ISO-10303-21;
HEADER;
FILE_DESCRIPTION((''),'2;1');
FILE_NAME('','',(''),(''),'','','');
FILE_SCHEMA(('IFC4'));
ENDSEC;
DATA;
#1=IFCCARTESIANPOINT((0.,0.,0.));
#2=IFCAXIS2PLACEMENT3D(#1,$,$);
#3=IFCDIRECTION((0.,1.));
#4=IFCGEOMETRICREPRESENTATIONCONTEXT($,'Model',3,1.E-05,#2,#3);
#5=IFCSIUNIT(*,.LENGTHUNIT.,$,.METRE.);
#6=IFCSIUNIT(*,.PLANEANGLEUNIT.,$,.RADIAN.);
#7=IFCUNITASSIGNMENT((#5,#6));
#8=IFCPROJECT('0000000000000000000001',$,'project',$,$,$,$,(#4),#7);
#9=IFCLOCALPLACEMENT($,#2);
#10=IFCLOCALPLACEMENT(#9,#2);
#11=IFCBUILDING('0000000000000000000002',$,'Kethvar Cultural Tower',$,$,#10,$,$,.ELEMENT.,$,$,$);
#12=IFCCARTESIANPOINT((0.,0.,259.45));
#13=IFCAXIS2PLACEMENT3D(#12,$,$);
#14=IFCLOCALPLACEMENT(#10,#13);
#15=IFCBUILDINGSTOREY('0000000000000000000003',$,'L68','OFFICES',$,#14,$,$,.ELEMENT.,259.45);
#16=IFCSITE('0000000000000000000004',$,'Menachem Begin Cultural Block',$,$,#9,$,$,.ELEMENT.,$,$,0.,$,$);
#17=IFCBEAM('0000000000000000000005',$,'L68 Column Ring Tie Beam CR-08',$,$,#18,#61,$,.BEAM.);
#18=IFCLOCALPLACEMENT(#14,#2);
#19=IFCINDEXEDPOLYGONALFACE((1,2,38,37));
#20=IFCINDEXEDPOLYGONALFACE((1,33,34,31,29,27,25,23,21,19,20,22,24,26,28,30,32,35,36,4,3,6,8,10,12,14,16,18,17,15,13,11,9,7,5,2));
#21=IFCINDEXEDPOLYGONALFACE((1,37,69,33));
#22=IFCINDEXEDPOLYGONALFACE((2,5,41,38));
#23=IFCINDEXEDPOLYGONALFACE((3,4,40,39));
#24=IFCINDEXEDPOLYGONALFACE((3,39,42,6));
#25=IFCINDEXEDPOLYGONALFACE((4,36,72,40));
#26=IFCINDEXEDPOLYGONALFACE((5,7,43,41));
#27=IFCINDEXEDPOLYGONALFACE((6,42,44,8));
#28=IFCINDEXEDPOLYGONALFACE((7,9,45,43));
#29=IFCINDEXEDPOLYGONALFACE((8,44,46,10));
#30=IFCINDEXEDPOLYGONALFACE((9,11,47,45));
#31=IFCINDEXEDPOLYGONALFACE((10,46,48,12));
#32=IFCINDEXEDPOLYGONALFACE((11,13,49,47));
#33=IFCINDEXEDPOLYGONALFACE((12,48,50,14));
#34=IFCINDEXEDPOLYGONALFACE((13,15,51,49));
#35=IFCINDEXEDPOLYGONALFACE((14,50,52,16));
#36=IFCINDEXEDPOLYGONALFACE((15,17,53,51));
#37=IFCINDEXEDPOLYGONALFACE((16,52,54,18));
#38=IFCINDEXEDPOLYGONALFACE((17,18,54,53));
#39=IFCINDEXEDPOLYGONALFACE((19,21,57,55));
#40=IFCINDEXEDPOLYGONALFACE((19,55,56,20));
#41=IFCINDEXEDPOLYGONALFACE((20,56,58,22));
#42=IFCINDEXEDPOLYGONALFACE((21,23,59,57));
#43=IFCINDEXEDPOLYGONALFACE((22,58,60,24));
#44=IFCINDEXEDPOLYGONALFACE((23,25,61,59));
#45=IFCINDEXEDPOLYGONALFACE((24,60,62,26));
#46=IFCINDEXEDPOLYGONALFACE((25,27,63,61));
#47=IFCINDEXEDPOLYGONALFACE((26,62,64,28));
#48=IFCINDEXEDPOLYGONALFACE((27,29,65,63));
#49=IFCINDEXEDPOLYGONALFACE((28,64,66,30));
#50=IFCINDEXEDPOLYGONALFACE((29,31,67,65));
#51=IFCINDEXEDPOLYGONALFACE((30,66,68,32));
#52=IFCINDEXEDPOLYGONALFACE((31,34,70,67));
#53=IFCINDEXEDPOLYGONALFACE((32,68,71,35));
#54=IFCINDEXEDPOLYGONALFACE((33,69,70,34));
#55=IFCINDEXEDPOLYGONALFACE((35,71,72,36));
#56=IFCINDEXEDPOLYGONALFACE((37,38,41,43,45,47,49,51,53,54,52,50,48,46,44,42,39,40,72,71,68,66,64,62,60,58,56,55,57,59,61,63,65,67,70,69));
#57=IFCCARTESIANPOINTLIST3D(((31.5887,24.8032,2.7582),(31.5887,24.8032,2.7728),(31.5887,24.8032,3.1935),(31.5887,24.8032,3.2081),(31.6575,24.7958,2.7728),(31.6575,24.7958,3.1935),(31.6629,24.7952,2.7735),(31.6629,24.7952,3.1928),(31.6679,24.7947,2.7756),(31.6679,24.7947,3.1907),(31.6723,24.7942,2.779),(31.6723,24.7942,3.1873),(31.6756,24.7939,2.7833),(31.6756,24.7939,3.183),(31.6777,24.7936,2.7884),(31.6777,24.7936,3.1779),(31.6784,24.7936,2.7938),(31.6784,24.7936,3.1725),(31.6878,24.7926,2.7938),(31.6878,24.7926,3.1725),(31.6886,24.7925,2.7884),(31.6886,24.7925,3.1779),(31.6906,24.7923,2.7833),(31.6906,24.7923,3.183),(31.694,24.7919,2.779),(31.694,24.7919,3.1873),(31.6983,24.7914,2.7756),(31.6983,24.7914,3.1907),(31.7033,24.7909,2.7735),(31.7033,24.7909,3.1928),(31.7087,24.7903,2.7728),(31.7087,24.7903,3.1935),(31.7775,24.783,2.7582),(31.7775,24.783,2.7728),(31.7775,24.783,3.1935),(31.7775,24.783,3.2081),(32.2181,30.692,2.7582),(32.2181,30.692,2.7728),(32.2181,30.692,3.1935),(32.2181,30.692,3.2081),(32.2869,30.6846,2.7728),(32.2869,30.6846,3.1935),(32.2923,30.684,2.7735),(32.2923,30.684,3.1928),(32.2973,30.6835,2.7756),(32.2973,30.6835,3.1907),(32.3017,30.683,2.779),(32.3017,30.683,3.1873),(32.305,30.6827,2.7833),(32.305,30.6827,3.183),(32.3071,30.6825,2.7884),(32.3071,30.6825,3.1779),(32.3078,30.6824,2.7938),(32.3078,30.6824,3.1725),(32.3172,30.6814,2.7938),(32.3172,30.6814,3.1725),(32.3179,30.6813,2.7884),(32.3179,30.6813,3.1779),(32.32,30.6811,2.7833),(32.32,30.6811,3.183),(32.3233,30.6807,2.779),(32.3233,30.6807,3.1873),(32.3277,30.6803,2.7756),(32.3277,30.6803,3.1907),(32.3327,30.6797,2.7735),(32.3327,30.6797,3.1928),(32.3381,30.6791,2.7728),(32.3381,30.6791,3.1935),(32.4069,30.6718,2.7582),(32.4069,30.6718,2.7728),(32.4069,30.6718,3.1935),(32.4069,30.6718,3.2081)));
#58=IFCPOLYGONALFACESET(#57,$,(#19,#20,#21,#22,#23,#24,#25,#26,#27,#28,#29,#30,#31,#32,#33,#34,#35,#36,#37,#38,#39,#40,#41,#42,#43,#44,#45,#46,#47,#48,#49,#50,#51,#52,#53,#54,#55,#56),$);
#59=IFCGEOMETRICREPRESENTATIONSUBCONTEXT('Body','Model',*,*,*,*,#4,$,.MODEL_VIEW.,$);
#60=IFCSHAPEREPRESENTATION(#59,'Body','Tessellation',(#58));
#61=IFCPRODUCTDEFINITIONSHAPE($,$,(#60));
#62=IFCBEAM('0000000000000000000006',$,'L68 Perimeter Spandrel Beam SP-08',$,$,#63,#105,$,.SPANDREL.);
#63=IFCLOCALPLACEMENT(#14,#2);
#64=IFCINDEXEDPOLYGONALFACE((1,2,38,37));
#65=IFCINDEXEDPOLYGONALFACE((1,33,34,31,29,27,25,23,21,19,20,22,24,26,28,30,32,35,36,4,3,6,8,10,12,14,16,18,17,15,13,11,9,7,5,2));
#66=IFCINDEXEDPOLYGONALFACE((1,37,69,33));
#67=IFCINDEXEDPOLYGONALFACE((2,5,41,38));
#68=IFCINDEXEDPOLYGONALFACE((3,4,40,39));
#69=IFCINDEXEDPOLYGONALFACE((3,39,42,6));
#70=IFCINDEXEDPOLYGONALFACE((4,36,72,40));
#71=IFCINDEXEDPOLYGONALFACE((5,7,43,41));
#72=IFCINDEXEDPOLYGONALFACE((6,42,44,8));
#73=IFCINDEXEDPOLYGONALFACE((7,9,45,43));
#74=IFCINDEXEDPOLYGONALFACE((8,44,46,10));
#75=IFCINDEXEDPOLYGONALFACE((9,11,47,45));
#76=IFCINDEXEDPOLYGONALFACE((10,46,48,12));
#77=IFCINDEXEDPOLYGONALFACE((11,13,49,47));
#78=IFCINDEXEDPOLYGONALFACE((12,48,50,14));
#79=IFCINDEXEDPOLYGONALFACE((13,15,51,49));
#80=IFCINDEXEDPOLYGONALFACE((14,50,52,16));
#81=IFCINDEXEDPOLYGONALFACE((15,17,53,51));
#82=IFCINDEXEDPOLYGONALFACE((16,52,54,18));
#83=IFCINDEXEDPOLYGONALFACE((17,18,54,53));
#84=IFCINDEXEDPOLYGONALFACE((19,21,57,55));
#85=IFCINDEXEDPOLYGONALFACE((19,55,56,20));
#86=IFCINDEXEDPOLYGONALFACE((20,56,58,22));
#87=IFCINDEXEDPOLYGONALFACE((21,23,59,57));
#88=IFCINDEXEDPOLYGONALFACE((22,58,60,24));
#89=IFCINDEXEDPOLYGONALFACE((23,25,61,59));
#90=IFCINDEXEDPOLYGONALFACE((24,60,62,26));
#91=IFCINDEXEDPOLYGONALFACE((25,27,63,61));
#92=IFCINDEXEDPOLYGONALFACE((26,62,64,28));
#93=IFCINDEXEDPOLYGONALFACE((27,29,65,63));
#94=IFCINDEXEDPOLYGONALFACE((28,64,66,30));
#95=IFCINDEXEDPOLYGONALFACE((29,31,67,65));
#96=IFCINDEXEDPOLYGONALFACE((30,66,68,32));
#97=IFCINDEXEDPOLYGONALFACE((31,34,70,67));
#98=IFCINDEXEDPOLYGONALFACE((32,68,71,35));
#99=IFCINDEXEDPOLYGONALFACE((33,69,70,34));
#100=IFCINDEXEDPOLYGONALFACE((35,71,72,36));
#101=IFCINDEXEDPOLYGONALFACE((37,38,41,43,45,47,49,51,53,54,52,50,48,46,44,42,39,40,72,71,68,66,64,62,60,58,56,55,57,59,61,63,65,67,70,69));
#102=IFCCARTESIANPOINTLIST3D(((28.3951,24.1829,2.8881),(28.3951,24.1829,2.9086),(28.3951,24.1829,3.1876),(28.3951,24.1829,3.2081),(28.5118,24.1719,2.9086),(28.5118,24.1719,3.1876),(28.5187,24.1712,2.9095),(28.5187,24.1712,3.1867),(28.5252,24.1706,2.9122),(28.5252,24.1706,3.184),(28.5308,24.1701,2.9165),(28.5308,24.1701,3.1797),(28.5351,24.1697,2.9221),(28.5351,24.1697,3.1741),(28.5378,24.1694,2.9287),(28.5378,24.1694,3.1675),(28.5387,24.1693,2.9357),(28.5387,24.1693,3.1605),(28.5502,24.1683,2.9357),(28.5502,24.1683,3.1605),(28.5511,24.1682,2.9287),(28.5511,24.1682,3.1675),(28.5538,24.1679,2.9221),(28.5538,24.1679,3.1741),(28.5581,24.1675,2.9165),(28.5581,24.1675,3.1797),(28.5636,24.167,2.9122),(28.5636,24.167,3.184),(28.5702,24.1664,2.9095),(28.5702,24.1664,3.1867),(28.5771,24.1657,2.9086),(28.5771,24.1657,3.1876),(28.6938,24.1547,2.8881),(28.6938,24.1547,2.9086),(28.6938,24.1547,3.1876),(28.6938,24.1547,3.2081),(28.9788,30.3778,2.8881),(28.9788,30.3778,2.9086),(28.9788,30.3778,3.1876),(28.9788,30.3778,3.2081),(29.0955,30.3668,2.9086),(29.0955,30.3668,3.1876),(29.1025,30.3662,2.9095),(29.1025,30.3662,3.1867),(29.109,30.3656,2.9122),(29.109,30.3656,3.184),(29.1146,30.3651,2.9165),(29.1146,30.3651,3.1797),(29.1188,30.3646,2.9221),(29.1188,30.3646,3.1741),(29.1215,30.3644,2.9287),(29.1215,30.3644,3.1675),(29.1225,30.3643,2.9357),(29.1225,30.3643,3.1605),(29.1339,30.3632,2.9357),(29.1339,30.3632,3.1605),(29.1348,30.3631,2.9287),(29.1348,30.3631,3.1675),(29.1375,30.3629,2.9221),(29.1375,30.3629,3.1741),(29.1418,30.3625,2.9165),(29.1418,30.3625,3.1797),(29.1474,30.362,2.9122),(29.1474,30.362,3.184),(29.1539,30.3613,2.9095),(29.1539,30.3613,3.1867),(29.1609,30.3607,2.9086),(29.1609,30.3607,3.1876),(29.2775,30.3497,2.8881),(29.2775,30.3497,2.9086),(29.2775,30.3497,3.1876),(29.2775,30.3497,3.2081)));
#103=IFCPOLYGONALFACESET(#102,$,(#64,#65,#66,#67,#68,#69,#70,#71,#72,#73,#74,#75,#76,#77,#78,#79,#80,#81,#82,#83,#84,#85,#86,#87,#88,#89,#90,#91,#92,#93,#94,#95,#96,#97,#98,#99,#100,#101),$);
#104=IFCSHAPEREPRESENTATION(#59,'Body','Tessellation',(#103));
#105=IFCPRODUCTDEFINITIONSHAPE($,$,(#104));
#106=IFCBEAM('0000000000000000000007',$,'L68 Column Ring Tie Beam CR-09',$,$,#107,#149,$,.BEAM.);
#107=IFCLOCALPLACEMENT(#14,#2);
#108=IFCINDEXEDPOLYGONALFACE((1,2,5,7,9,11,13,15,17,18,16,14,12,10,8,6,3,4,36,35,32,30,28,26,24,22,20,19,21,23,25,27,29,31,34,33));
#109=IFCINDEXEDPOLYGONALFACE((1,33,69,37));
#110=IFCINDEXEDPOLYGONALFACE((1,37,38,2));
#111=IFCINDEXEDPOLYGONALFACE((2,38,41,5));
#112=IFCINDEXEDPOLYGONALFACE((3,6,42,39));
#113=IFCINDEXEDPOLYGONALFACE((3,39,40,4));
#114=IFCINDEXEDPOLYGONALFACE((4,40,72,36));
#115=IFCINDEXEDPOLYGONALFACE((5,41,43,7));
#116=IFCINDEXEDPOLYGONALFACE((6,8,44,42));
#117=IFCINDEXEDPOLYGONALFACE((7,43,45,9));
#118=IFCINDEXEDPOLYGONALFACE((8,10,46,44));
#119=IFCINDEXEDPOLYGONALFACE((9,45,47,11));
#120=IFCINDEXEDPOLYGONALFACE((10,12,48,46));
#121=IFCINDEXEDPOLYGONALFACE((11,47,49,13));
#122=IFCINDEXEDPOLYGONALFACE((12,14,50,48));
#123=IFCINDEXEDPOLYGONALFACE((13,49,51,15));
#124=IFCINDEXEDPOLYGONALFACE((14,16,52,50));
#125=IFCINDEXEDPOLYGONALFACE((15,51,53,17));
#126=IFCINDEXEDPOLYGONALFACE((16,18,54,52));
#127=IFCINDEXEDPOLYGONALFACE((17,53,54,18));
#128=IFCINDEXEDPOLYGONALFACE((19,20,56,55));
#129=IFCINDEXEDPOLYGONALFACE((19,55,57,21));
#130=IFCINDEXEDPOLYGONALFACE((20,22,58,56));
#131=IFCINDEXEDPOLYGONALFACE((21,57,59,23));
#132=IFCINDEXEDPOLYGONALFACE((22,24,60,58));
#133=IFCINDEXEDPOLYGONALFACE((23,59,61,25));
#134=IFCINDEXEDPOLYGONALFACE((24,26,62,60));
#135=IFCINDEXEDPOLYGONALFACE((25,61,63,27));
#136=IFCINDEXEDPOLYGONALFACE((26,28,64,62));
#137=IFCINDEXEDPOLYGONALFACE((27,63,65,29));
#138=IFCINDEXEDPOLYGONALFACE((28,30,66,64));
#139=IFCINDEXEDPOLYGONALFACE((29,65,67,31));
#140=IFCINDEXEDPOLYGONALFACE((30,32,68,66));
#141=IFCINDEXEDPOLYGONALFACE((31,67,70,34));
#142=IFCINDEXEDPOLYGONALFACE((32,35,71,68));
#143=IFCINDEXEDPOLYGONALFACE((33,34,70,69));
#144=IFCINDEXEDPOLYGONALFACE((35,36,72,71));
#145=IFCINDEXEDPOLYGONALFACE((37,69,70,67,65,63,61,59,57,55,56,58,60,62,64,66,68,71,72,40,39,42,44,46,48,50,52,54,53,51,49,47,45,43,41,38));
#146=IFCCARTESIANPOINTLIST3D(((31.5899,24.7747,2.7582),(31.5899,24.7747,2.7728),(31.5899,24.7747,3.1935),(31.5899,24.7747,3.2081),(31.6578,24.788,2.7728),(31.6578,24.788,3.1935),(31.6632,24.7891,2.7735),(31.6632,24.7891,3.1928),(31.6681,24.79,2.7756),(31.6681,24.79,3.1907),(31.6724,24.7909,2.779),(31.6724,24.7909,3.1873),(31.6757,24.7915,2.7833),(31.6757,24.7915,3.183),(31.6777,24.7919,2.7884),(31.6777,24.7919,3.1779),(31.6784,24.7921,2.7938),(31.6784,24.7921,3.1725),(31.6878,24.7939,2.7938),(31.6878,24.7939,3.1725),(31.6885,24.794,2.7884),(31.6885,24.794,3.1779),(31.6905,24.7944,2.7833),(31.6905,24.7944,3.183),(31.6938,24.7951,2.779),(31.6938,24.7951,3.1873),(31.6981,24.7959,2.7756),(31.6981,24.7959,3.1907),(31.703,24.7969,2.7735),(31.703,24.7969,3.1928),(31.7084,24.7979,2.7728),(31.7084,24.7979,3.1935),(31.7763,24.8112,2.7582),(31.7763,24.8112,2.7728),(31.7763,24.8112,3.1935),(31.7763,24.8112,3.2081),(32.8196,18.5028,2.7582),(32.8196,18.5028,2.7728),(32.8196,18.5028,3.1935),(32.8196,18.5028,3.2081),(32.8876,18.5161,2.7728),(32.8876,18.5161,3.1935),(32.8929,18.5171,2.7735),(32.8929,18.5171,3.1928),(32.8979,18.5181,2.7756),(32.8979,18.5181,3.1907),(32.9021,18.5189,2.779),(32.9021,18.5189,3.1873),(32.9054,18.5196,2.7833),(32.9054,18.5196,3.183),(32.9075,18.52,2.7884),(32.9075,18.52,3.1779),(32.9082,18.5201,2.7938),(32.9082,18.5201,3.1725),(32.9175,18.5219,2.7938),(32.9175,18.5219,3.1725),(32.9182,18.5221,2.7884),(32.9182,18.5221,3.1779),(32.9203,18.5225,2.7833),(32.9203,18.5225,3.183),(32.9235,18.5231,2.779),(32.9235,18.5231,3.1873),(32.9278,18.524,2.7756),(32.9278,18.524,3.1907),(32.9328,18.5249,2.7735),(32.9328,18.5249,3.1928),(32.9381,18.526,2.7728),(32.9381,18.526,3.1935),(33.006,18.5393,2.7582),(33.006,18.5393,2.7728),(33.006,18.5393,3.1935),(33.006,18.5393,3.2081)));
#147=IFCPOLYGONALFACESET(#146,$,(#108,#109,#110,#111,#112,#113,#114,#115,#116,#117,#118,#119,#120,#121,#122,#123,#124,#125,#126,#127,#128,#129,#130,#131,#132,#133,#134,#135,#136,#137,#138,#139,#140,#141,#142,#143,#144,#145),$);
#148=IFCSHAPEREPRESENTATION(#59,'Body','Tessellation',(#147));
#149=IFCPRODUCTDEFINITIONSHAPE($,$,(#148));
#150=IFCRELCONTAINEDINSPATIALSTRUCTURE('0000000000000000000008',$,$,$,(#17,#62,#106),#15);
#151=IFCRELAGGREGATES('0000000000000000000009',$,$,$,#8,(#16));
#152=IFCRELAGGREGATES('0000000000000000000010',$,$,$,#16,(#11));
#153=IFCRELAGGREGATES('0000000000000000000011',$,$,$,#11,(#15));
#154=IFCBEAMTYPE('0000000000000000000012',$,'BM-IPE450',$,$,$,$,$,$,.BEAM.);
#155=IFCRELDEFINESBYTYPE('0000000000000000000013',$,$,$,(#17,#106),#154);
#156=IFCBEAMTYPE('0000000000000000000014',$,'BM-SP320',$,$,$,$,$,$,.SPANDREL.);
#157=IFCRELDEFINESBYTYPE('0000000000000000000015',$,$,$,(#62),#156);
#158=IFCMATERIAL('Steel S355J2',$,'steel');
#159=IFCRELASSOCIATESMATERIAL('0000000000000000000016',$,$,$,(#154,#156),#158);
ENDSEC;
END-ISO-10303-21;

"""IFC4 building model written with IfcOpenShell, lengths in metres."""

from ifc_helpers import new_model, si_unit, direction, frame, origin, origin_2d, place, context, subcontext, project, spatial, i_section, extrude, source, transform, mapped, material, material_profile, profile_set, type_object, element, save


model = new_model("IFC4")

# Units and contexts
model_context = context("Model", 3, precision=1e-05, world=origin(), true_north=direction((0.0, 1.0)))
body_context = subcontext(model_context, "Body", "Model", "MODEL_VIEW")
ifc_project = project(units=[si_unit("LENGTHUNIT", "METRE"), si_unit("PLANEANGLEUNIT", "RADIAN")], contexts=[model_context])

# Site, building, storey
site_placement = place(None, origin())
site = spatial("IfcSite", under=ifc_project, at=site_placement, Name="Menachem Begin Cultural Block", CompositionType="ELEMENT", RefElevation=0.0)
building_placement = place(site_placement, origin())
building = spatial("IfcBuilding", under=site, at=building_placement, Name="Kethvar Cultural Tower", CompositionType="ELEMENT")
storey_placement = place(building_placement, frame((0.0, 0.0, 259.45)))
storey = spatial("IfcBuildingStorey", under=building, at=storey_placement, Name="L68", Description="OFFICES", CompositionType="ELEMENT", Elevation=259.45)

# Beams
ifc_material_1 = material(Name="Steel S355J2", Category="steel")
ifc_material_profile_1 = material_profile(ifc_material_1, i_section(OverallWidth=0.1899, OverallDepth=0.45, WebThickness=0.0095, FlangeThickness=0.0146, FilletRadius=0.021, at=origin_2d()), Name="Steel S355J2 — IPE450")
ifc_profile_set_1 = profile_set([ifc_material_profile_1], Name="Steel S355J2 — IPE450")
beam_type_1 = type_object("IfcBeamType", Name="BM-IPE450", PredefinedType="BEAM", material=ifc_profile_set_1)
shared_shape_1 = source(origin(), body_context, "Body", "SweptSolid", [
    extrude(i_section(OverallWidth=0.1899, OverallDepth=0.45, WebThickness=0.0095, FlangeThickness=0.0146, FilletRadius=0.021, at=origin_2d()), origin(), (0.0, 0.0, 1.0), 5.9224),
])
beam_1_placement = place(storey_placement, frame((32.3125, 30.6819, 2.9832), z_axis=(-0.106273, -0.994337, 0.0), x_axis=(0.994337, -0.106273, 0.0)))
element("IfcBeam", 1, at=beam_1_placement, inside=storey, type_object=beam_type_1, Name="L68 Column Ring Tie Beam CR-08", PredefinedType="BEAM", context=body_context, shape_type="MappedRepresentation", body=[
    mapped(shared_shape_1, transform((0.0, 0.0, 0.0), scale=1.0)),
])
ifc_material_profile_2 = material_profile(ifc_material_1, i_section(OverallWidth=0.3, OverallDepth=0.3201, WebThickness=0.0115, FlangeThickness=0.0205, FilletRadius=0.0271, at=origin_2d()), Name="Steel S355J2 — HEB320")
ifc_profile_set_2 = profile_set([ifc_material_profile_2], Name="Steel S355J2 — HEB320")
beam_type_2 = type_object("IfcBeamType", Name="BM-SP320", PredefinedType="SPANDREL", material=ifc_profile_set_2)
shared_shape_2 = source(origin(), body_context, "Body", "SweptSolid", [
    extrude(i_section(OverallWidth=0.3, OverallDepth=0.3201, WebThickness=0.0115, FlangeThickness=0.0205, FilletRadius=0.0271, at=origin_2d()), origin(), (0.0, 0.0, 1.0), 6.2224),
])
beam_2_placement = place(storey_placement, frame((29.1282, 30.3638, 3.0481), z_axis=(-0.093811, -0.99559, 0.0), x_axis=(0.99559, -0.093811, 0.0)))
element("IfcBeam", 2, at=beam_2_placement, inside=storey, type_object=beam_type_2, Name="L68 Perimeter Spandrel Beam SP-08", PredefinedType="SPANDREL", context=body_context, shape_type="MappedRepresentation", body=[
    mapped(shared_shape_2, transform((0.0, 0.0, 0.0), scale=1.0)),
])
shared_shape_3 = source(origin(), body_context, "Body", "SweptSolid", [
    extrude(i_section(OverallWidth=0.1899, OverallDepth=0.45, WebThickness=0.0095, FlangeThickness=0.0146, FilletRadius=0.021, at=origin_2d()), origin(), (0.0, 0.0, 1.0), 6.3914),
])
beam_3_placement = place(storey_placement, frame((31.6831, 24.793, 2.9832), z_axis=(0.192405, -0.981316, 0.0), x_axis=(0.981316, 0.192405, 0.0)))
element("IfcBeam", 3, at=beam_3_placement, inside=storey, type_object=beam_type_1, Name="L68 Column Ring Tie Beam CR-09", PredefinedType="BEAM", context=body_context, shape_type="MappedRepresentation", body=[
    mapped(shared_shape_3, transform((0.0, 0.0, 0.0), scale=1.0)),
])

save(model, "model.ifc")
